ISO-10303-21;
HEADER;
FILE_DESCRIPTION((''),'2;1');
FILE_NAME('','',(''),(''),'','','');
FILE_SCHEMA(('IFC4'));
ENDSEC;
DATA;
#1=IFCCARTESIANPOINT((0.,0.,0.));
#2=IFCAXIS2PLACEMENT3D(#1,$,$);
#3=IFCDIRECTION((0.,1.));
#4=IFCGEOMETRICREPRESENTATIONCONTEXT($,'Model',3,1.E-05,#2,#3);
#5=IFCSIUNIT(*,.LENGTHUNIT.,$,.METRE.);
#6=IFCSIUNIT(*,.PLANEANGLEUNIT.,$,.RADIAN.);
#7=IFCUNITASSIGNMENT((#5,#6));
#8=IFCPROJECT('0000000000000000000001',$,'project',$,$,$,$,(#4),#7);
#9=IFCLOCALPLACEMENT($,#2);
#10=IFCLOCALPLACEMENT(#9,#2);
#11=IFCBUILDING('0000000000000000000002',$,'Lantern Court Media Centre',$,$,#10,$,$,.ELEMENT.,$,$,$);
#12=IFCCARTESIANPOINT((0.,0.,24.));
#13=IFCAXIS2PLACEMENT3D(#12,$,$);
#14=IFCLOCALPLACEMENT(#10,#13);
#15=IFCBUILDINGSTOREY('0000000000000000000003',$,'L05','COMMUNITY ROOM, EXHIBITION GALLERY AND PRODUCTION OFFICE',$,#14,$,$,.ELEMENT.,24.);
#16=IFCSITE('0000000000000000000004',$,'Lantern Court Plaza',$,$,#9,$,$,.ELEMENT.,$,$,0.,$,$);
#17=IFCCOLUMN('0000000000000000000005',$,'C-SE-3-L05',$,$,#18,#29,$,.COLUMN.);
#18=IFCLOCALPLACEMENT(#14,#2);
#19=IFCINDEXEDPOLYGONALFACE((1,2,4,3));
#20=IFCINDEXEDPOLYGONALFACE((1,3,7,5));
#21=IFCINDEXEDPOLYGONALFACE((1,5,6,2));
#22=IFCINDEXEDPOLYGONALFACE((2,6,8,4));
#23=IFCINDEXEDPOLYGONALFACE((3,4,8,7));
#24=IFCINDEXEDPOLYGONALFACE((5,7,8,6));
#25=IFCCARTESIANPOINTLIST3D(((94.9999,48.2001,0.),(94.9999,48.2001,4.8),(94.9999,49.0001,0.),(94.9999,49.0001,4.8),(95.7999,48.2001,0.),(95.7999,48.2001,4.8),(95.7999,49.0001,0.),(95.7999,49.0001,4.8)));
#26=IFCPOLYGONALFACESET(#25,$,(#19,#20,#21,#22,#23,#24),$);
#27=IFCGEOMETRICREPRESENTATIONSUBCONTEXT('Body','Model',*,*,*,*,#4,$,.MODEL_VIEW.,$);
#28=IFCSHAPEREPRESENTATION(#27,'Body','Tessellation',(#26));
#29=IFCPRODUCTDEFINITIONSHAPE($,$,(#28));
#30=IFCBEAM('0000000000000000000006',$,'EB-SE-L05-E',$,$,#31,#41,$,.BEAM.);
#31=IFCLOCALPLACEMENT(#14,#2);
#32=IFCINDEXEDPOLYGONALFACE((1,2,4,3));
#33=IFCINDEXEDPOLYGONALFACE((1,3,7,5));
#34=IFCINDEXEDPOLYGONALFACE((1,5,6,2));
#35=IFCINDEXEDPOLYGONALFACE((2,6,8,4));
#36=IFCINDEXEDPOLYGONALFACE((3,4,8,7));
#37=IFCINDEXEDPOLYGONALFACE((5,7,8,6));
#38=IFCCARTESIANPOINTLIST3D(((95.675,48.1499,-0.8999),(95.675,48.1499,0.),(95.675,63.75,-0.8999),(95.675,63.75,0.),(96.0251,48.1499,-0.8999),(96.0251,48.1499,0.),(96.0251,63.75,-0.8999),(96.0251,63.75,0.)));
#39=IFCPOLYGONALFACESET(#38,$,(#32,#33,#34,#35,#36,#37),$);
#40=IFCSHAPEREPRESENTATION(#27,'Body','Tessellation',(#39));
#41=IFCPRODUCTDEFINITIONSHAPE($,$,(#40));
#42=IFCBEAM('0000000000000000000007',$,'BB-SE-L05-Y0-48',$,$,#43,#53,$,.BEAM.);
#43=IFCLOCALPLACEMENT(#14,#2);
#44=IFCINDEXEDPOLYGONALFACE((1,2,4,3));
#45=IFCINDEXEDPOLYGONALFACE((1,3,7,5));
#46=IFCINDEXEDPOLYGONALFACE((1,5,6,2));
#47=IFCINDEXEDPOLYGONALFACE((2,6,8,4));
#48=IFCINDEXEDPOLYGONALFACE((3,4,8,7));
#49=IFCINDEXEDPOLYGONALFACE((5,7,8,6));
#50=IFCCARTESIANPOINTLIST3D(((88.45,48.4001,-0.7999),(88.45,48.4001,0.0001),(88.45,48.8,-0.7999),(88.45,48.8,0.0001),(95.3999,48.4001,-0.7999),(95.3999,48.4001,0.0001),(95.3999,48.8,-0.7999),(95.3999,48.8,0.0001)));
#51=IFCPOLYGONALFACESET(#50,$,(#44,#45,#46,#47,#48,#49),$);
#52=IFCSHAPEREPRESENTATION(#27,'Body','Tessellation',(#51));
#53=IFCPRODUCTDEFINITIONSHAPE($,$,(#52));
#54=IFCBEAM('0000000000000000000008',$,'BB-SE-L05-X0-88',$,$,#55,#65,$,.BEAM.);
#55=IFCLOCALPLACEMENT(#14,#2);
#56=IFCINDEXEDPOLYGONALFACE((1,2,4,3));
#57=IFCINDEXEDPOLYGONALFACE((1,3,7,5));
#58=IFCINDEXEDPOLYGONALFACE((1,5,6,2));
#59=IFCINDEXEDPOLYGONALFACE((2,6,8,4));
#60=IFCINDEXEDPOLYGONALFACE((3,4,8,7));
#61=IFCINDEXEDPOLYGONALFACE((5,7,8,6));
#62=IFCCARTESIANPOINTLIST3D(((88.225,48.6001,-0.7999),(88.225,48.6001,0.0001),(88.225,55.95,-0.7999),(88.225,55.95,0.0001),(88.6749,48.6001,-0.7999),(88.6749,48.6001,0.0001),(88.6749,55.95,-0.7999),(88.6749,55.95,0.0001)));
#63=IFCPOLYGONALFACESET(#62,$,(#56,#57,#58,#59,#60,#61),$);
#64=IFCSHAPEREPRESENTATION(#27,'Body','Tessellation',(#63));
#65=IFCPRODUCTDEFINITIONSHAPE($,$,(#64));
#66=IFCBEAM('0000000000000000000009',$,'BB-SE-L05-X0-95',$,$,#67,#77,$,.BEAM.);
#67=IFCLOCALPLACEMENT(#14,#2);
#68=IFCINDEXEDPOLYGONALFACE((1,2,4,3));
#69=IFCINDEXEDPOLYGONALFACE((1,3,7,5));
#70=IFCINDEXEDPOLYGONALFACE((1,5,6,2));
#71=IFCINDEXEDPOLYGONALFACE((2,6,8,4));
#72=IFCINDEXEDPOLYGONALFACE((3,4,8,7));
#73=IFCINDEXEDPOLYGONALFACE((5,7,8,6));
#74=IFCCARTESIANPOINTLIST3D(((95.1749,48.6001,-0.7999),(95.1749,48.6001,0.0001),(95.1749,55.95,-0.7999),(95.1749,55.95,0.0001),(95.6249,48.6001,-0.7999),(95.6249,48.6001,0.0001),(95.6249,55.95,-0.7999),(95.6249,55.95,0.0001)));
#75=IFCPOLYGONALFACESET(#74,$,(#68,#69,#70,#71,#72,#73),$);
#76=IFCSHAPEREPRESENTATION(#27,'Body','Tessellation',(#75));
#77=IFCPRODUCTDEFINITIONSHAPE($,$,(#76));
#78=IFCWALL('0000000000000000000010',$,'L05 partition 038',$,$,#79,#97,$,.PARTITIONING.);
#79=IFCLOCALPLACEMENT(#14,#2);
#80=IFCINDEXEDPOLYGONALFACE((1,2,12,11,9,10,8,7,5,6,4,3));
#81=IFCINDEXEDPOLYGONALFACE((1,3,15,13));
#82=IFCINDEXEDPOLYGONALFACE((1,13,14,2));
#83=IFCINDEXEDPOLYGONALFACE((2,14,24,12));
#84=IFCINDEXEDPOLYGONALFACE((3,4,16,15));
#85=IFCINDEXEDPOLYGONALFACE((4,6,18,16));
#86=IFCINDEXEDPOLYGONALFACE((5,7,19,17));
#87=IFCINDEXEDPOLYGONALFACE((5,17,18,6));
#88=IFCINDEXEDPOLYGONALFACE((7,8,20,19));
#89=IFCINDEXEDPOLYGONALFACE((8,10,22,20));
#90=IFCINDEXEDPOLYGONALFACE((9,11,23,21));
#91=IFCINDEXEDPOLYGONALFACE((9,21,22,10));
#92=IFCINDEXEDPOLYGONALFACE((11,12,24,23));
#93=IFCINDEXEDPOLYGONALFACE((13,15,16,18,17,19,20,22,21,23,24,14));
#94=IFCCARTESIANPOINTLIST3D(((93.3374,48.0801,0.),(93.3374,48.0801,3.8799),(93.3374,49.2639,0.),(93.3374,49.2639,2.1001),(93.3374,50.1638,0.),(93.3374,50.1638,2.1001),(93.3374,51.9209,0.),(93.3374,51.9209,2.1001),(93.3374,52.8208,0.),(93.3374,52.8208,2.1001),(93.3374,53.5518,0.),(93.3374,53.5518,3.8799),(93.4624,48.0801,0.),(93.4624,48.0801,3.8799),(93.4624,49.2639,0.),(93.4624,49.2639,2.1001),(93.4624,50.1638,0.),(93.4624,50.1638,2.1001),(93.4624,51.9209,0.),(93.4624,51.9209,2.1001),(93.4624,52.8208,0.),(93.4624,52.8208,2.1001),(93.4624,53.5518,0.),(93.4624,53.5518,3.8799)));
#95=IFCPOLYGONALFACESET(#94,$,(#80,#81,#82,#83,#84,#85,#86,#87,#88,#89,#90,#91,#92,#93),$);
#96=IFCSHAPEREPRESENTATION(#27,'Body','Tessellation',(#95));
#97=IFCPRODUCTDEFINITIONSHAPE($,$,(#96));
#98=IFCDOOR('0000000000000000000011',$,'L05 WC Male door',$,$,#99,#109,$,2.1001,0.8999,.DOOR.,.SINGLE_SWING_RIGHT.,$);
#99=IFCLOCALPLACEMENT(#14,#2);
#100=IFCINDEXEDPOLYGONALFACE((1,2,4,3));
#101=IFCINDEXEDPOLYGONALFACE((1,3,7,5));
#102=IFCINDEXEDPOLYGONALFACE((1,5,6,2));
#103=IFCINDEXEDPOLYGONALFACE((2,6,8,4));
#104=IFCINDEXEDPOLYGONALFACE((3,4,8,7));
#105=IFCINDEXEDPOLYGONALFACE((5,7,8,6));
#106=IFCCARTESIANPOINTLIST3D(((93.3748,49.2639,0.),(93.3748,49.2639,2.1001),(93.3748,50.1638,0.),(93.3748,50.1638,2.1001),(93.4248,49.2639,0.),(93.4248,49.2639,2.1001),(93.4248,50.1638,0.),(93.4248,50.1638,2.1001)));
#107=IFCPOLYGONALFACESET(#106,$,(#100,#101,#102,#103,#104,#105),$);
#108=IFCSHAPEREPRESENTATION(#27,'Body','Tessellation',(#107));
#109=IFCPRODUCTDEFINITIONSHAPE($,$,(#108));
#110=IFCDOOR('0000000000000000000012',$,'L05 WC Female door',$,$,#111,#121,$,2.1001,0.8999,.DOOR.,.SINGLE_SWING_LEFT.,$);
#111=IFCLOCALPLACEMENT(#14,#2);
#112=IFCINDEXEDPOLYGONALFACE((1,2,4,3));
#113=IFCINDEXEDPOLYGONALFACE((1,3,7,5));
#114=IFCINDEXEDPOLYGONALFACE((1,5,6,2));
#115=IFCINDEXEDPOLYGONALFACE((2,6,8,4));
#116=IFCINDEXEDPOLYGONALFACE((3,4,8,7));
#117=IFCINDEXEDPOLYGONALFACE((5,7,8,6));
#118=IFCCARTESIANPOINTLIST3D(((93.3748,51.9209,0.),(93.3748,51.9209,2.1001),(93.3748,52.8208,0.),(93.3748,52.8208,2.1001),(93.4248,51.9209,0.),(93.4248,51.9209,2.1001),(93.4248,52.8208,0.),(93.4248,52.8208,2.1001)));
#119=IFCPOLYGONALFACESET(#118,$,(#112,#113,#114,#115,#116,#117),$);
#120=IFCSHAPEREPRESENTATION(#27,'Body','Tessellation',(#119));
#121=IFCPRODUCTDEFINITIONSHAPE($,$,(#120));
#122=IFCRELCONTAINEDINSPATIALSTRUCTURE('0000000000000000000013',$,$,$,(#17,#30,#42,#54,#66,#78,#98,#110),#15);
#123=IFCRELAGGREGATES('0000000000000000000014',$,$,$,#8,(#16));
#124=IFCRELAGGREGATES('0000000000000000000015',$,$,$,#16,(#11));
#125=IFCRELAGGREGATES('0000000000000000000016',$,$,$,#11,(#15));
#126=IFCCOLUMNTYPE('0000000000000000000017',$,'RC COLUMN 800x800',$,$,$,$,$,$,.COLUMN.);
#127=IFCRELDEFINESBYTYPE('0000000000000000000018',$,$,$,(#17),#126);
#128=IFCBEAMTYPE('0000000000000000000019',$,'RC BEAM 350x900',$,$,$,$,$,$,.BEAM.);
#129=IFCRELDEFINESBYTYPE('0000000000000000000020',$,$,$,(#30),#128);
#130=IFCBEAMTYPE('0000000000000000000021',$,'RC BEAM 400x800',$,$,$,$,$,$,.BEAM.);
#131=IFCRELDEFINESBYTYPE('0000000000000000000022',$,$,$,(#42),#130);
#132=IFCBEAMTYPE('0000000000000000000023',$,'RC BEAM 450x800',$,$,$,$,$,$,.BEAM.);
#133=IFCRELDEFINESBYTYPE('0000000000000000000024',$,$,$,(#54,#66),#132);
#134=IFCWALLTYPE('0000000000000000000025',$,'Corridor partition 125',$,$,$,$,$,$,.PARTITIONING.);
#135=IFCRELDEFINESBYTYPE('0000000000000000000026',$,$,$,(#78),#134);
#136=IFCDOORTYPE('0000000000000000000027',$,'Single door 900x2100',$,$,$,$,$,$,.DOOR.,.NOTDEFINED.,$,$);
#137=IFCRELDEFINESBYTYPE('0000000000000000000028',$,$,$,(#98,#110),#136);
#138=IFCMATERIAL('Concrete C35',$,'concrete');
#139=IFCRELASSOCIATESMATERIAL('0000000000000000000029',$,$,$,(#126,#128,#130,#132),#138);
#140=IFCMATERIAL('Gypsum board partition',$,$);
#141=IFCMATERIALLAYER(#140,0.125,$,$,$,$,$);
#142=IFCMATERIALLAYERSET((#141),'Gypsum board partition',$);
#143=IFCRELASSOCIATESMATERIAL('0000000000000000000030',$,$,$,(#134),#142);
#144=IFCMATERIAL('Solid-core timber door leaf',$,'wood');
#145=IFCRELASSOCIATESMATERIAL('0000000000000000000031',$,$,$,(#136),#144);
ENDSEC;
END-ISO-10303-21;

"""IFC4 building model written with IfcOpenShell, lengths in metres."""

from ifc_helpers import new_model, si_unit, direction, frame, frame_2d, origin, origin_2d, place, context, subcontext, project, spatial, rectangle, extrude, material, layer, layer_set, material_profile, profile_set, type_object, element, fill, save


model = new_model("IFC4")

# Units and contexts
model_context = context("Model", 3, precision=1e-05, world=origin(), true_north=direction((0.0, 1.0)))
body_context = subcontext(model_context, "Body", "Model", "MODEL_VIEW")
ifc_project = project(units=[si_unit("LENGTHUNIT", "METRE"), si_unit("PLANEANGLEUNIT", "RADIAN")], contexts=[model_context])

# Site, building, storey
site_placement = place(None, origin())
site = spatial("IfcSite", under=ifc_project, at=site_placement, Name="Lantern Court Plaza", CompositionType="ELEMENT", RefElevation=0.0)
building_placement = place(site_placement, origin())
building = spatial("IfcBuilding", under=site, at=building_placement, Name="Lantern Court Media Centre", CompositionType="ELEMENT")
storey_placement = place(building_placement, frame((0.0, 0.0, 24.0)))
storey = spatial("IfcBuildingStorey", under=building, at=storey_placement, Name="L05", Description="COMMUNITY ROOM, EXHIBITION GALLERY AND PRODUCTION OFFICE", CompositionType="ELEMENT", Elevation=24.0)

# Column
ifc_material_1 = material(Name="Concrete C35", Category="concrete")
ifc_material_profile_1 = material_profile(ifc_material_1, rectangle(XDim=0.8, YDim=0.8, at=origin_2d()), Name="RC 800x800")
ifc_profile_set_1 = profile_set([ifc_material_profile_1], Name="Concrete C35")
column_type = type_object("IfcColumnType", Name="RC COLUMN 800x800", PredefinedType="COLUMN", material=ifc_profile_set_1)
column_placement = place(storey_placement, frame((95.3999, 48.6001, 0.0), z_axis=(0.0, 0.0, 1.0), x_axis=(1.0, 0.0, 0.0)))
element("IfcColumn", 1, at=column_placement, inside=storey, type_object=column_type, Name="C-SE-3-L05", PredefinedType="COLUMN", context=body_context, shape_type="SweptSolid", body=[
    extrude(rectangle(XDim=0.8, YDim=0.8, at=origin_2d()), origin(), (0.0, 0.0, 1.0), 4.8),
])

# Beams
ifc_material_profile_2 = material_profile(ifc_material_1, rectangle(XDim=0.3501, YDim=0.8999, at=origin_2d()), Name="RC 350x900")
ifc_profile_set_2 = profile_set([ifc_material_profile_2], Name="Concrete C35")
beam_type_1 = type_object("IfcBeamType", Name="RC BEAM 350x900", PredefinedType="BEAM", material=ifc_profile_set_2)
beam_1_placement = place(storey_placement, frame((95.8501, 48.1499, -0.45), z_axis=(0.0, 1.0, 0.0), x_axis=(-1.0, 0.0, 0.0)))
element("IfcBeam", 2, at=beam_1_placement, inside=storey, type_object=beam_type_1, Name="EB-SE-L05-E", PredefinedType="BEAM", context=body_context, shape_type="SweptSolid", body=[
    extrude(rectangle(XDim=0.3501, YDim=0.8999, at=origin_2d()), origin(), (0.0, 0.0, 1.0), 15.6001),
])
ifc_material_profile_3 = material_profile(ifc_material_1, rectangle(XDim=0.3999, YDim=0.8, at=origin_2d()), Name="RC 400x800")
ifc_profile_set_3 = profile_set([ifc_material_profile_3], Name="Concrete C35")
beam_type_2 = type_object("IfcBeamType", Name="RC BEAM 400x800", PredefinedType="BEAM", material=ifc_profile_set_3)
beam_2_placement = place(storey_placement, frame((88.45, 48.6001, -0.3999), z_axis=(1.0, 0.0, 0.0), x_axis=(0.0, 1.0, 0.0)))
element("IfcBeam", 3, at=beam_2_placement, inside=storey, type_object=beam_type_2, Name="BB-SE-L05-Y0-48", PredefinedType="BEAM", context=body_context, shape_type="SweptSolid", body=[
    extrude(rectangle(XDim=0.3999, YDim=0.8, at=origin_2d()), origin(), (0.0, 0.0, 1.0), 6.95),
])
ifc_material_profile_4 = material_profile(ifc_material_1, rectangle(XDim=0.45, YDim=0.8, at=origin_2d()), Name="RC 450x800")
ifc_profile_set_4 = profile_set([ifc_material_profile_4], Name="Concrete C35")
beam_type_3 = type_object("IfcBeamType", Name="RC BEAM 450x800", PredefinedType="BEAM", material=ifc_profile_set_4)
for number, where, z_axis, x_axis, name in (
    (4, (88.45, 48.6001, -0.3999), (0.0, 1.0, 0.0), (-1.0, 0.0, 0.0), "BB-SE-L05-X0-88"),
    (5, (95.3999, 48.6001, -0.3999), (0.0, 1.0, 0.0), (-1.0, 0.0, 0.0), "BB-SE-L05-X0-95"),
):
    element("IfcBeam", number, at=place(storey_placement, frame(where, z_axis=z_axis, x_axis=x_axis)), inside=storey, type_object=beam_type_3, Name=name, PredefinedType="BEAM", context=body_context, shape_type="SweptSolid", body=[
        extrude(rectangle(XDim=0.45, YDim=0.8, at=origin_2d()), origin(), (0.0, 0.0, 1.0), 7.3499),
    ])

# Wall, openings, doors
ifc_material_2 = material(Name="Gypsum board partition")
ifc_layer_1 = layer(ifc_material_2, 0.125)
ifc_layer_set_1 = layer_set([ifc_layer_1], Name="Gypsum board partition")
wall_type_1 = type_object("IfcWallType", Name="Corridor partition 125", PredefinedType="PARTITIONING", material=ifc_layer_set_1)
wall_1_placement = place(storey_placement, frame((93.3999, 48.0801, 0.0), z_axis=(0.0, 0.0, 1.0), x_axis=(0.0, 1.0, 0.0)))
wall_1 = element("IfcWall", 6, at=wall_1_placement, inside=storey, type_object=wall_type_1, Name="L05 partition 038", PredefinedType="PARTITIONING", context=body_context, shape_type="SweptSolid", body=[
    extrude(rectangle(XDim=5.4717, YDim=0.125, at=frame_2d((2.7358, 0.0))), origin(), (0.0, 0.0, 1.0), 3.8799),
])
opening_1_placement = place(wall_1_placement, frame((1.1838, 0.0, 0.0)))
opening_1 = element("IfcOpeningElement", 7, at=opening_1_placement, cuts=wall_1, PredefinedType="OPENING", context=body_context, shape_type="SweptSolid", body=[
    extrude(rectangle(XDim=0.8999, YDim=2.1001, at=frame_2d((0.45, 1.05))), frame((0.0, 0.0725, 0.0), z_axis=(0.0, -1.0, 0.0), x_axis=(1.0, 0.0, 0.0)), (0.0, 0.0, 1.0), 0.145),
])
opening_2_placement = place(wall_1_placement, frame((3.8408, 0.0, 0.0)))
opening_2 = element("IfcOpeningElement", 8, at=opening_2_placement, cuts=wall_1, PredefinedType="OPENING", context=body_context, shape_type="SweptSolid", body=[
    extrude(rectangle(XDim=0.8999, YDim=2.1001, at=frame_2d((0.45, 1.05))), frame((0.0, 0.0725, 0.0), z_axis=(0.0, -1.0, 0.0), x_axis=(1.0, 0.0, 0.0)), (0.0, 0.0, 1.0), 0.145),
])
ifc_material_3 = material(Name="Solid-core timber door leaf", Category="wood")
door_type = type_object("IfcDoorType", Name="Single door 900x2100", OperationType="NOTDEFINED", PredefinedType="DOOR", material=ifc_material_3)
door_1_placement = place(opening_1_placement, frame((0.8999, 0.0, 0.0), z_axis=(0.0, 0.0, 1.0), x_axis=(-1.0, 0.0, 0.0)))
door_1 = element("IfcDoor", 9, at=door_1_placement, inside=storey, type_object=door_type, Name="L05 WC Male door", OperationType="SINGLE_SWING_RIGHT", OverallHeight=2.1001, OverallWidth=0.8999, PredefinedType="DOOR", context=body_context, shape_type="SweptSolid", body=[
    extrude(rectangle(XDim=0.8999, YDim=2.1001, at=frame_2d((0.45, 1.05))), frame((0.0, 0.0249, 0.0), z_axis=(0.0, -1.0, 0.0), x_axis=(1.0, 0.0, 0.0)), (0.0, 0.0, 1.0), 0.05),
])
fill(opening_1, door_1)
door_2_placement = place(opening_2_placement, frame((0.8999, 0.0, 0.0), z_axis=(0.0, 0.0, 1.0), x_axis=(-1.0, 0.0, 0.0)))
door_2 = element("IfcDoor", 10, at=door_2_placement, inside=storey, type_object=door_type, Name="L05 WC Female door", OperationType="SINGLE_SWING_LEFT", OverallHeight=2.1001, OverallWidth=0.8999, PredefinedType="DOOR", context=body_context, shape_type="SweptSolid", body=[
    extrude(rectangle(XDim=0.8999, YDim=2.1001, at=frame_2d((0.45, 1.05))), frame((0.0, 0.0249, 0.0), z_axis=(0.0, -1.0, 0.0), x_axis=(1.0, 0.0, 0.0)), (0.0, 0.0, 1.0), 0.05),
])
fill(opening_2, door_2)

save(model, "model.ifc")
